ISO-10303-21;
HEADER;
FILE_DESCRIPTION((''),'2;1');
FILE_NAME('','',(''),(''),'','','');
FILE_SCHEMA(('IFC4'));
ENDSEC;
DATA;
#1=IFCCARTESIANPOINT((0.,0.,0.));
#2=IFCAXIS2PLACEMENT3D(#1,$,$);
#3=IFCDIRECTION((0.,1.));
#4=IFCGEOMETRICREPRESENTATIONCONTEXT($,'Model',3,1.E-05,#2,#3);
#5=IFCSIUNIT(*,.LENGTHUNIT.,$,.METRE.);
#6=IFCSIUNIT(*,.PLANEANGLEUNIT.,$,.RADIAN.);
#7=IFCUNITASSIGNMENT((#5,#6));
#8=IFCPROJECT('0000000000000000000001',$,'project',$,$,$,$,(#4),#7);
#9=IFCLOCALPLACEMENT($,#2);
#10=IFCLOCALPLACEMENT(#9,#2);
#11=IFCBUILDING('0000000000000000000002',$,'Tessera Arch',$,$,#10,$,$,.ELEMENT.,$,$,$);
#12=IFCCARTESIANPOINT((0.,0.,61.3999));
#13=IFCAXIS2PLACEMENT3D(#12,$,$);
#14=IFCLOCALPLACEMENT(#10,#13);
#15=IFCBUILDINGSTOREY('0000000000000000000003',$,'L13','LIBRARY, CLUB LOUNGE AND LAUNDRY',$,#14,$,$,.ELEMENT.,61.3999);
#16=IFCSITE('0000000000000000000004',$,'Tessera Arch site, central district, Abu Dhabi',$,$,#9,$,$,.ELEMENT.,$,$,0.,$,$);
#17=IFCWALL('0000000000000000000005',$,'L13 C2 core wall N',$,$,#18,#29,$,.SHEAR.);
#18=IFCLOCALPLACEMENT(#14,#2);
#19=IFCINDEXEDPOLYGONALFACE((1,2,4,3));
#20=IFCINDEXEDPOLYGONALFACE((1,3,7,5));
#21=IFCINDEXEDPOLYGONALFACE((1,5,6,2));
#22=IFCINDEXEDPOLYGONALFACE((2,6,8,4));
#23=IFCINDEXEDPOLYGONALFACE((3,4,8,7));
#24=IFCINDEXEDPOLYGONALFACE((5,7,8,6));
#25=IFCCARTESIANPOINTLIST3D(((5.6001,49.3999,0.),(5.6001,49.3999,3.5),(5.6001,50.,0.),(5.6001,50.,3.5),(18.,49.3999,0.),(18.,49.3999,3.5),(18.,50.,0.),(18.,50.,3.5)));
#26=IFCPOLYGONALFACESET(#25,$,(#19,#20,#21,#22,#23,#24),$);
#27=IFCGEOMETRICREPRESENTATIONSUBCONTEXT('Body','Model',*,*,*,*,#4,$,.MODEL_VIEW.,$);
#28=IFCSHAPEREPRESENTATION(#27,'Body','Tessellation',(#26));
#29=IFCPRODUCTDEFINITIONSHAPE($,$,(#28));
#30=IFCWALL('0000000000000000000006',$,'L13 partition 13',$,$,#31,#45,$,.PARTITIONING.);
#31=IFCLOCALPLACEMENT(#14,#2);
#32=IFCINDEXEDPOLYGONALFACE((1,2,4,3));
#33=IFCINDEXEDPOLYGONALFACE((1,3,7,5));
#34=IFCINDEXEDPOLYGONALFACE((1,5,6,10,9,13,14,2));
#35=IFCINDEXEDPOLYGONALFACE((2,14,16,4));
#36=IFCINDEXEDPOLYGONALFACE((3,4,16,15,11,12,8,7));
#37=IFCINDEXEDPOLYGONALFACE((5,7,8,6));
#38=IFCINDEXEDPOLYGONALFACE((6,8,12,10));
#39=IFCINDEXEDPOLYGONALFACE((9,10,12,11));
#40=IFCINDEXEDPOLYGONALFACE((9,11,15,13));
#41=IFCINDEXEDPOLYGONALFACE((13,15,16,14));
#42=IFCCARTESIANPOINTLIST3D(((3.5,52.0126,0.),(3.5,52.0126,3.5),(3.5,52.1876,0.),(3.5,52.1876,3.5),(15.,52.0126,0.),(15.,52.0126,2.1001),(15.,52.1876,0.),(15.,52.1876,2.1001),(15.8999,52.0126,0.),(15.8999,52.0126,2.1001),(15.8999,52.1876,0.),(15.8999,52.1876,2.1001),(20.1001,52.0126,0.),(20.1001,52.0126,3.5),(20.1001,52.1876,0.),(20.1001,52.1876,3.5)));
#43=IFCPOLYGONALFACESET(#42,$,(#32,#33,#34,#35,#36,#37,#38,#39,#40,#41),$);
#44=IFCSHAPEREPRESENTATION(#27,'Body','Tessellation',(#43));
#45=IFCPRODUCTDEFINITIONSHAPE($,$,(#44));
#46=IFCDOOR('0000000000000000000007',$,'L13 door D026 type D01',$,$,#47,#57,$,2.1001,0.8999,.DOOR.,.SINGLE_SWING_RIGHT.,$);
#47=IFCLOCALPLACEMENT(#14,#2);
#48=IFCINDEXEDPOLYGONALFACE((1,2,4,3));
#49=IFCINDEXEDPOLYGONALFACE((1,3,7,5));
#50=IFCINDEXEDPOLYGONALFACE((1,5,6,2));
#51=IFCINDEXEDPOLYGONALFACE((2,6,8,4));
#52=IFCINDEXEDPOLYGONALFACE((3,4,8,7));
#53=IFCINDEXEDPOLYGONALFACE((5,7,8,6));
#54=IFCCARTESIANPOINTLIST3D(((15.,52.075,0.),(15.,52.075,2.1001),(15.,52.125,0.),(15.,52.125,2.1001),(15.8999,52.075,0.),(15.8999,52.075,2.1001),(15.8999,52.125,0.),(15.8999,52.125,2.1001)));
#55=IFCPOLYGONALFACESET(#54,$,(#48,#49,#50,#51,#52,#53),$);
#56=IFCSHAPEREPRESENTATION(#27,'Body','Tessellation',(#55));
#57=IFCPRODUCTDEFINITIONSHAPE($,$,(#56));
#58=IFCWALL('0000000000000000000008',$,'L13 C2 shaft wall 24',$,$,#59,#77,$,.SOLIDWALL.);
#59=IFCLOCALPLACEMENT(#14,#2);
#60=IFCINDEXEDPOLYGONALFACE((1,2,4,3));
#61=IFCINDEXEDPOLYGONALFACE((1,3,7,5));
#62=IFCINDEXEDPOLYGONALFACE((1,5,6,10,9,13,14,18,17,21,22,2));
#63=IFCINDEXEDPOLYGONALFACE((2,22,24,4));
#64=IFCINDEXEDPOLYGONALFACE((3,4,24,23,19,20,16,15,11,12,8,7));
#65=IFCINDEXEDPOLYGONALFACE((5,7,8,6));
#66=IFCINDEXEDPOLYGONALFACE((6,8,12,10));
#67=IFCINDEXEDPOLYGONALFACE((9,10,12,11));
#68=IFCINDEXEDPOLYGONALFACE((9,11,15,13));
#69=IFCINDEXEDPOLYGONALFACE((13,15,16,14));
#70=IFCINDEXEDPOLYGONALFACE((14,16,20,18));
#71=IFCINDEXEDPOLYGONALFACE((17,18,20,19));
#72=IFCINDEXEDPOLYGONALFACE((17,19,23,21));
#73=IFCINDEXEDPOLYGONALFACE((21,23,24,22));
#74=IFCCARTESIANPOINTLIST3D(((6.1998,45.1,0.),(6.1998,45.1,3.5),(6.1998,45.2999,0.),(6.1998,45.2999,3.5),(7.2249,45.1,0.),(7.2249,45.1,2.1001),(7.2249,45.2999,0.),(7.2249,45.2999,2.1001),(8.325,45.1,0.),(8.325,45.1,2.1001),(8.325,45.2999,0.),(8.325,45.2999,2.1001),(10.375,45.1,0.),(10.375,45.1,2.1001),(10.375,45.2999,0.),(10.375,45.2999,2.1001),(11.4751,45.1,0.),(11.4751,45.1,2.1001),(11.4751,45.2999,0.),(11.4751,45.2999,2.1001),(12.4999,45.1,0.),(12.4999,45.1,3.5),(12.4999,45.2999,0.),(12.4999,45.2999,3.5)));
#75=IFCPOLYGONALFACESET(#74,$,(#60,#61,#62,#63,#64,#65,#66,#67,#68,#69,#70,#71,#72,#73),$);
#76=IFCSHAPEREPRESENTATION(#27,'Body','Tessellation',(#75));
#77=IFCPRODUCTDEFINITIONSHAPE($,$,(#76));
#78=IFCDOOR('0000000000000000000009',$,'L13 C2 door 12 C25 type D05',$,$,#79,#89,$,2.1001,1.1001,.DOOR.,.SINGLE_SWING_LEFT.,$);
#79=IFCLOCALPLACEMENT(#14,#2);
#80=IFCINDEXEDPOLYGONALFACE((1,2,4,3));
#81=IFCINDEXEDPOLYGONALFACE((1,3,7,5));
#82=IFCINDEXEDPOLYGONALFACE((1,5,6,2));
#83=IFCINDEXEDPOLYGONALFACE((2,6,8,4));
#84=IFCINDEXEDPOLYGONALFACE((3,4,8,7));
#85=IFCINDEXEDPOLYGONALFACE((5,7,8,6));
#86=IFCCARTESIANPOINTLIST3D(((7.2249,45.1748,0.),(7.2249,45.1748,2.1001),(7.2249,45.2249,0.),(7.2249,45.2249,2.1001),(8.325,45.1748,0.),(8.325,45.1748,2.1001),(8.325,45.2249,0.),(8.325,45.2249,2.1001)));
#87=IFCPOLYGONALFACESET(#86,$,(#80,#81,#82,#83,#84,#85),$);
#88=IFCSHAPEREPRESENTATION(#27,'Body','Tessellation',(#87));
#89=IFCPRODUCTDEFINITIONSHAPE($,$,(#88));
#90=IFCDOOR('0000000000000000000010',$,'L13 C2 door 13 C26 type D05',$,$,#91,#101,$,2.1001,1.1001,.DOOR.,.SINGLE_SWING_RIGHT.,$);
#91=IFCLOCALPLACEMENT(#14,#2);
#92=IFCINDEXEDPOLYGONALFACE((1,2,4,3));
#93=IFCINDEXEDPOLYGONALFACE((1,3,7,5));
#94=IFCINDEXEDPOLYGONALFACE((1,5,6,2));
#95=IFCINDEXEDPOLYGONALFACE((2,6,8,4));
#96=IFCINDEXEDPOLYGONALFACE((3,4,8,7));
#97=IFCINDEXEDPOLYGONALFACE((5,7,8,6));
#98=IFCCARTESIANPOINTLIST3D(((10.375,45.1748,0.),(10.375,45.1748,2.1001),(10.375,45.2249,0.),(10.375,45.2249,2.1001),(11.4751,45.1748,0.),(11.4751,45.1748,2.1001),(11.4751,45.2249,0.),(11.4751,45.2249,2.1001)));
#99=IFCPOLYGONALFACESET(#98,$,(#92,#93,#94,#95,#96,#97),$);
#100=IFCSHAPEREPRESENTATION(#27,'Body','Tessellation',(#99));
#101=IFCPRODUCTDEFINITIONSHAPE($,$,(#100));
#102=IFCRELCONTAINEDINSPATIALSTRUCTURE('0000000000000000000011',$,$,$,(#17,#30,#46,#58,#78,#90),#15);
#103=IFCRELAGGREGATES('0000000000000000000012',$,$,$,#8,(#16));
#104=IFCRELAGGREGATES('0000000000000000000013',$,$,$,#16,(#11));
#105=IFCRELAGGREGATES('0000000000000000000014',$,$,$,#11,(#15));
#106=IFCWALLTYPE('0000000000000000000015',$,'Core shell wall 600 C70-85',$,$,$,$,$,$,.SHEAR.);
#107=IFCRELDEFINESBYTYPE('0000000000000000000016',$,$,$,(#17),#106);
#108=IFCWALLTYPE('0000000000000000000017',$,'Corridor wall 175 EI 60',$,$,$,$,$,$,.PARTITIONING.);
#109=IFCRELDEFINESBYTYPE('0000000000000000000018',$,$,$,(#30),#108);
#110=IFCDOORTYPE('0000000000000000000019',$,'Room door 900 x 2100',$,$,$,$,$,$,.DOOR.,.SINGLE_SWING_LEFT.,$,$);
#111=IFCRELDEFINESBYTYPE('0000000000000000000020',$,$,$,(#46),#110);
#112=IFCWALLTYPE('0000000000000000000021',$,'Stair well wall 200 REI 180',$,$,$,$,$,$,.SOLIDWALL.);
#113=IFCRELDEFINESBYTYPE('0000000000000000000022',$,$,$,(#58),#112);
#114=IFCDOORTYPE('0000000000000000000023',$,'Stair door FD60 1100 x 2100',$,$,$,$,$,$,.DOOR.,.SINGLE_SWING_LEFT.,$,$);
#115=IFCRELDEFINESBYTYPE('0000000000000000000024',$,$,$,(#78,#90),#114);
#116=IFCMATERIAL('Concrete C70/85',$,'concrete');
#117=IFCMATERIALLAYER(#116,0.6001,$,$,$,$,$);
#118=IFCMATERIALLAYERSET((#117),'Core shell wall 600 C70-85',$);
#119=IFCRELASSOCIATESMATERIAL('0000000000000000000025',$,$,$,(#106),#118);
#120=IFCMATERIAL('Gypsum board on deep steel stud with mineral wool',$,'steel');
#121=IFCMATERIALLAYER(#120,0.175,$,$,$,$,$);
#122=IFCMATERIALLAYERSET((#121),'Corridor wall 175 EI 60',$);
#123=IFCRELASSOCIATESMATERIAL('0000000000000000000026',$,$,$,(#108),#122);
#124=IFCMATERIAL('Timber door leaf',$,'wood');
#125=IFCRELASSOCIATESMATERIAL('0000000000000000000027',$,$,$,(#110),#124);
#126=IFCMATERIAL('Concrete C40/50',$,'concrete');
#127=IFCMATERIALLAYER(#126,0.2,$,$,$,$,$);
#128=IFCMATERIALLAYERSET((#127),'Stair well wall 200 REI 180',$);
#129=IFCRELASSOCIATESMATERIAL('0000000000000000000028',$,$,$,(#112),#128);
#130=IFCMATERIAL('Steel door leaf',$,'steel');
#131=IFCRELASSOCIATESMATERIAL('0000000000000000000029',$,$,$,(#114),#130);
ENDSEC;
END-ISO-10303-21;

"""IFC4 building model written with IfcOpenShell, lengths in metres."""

from ifc_helpers import new_model, si_unit, direction, frame, frame_2d, origin, place, context, subcontext, project, spatial, rectangle, extrude, material, layer, layer_set, type_object, element, fill, save


model = new_model("IFC4")

# Units and contexts
model_context = context("Model", 3, precision=1e-05, world=origin(), true_north=direction((0.0, 1.0)))
body_context = subcontext(model_context, "Body", "Model", "MODEL_VIEW")
ifc_project = project(units=[si_unit("LENGTHUNIT", "METRE"), si_unit("PLANEANGLEUNIT", "RADIAN")], contexts=[model_context])

# Site, building, storey
site_placement = place(None, origin())
site = spatial("IfcSite", under=ifc_project, at=site_placement, Name="Tessera Arch site, central district, Abu Dhabi", CompositionType="ELEMENT", RefElevation=0.0)
building_placement = place(site_placement, origin())
building = spatial("IfcBuilding", under=site, at=building_placement, Name="Tessera Arch", CompositionType="ELEMENT")
storey_placement = place(building_placement, frame((0.0, 0.0, 61.3999)))
storey = spatial("IfcBuildingStorey", under=building, at=storey_placement, Name="L13", Description="LIBRARY, CLUB LOUNGE AND LAUNDRY", CompositionType="ELEMENT", Elevation=61.3999)

# Wall
ifc_material_1 = material(Name="Concrete C70/85", Category="concrete")
ifc_layer_1 = layer(ifc_material_1, 0.6001)
ifc_layer_set_1 = layer_set([ifc_layer_1], Name="Core shell wall 600 C70-85")
wall_type_1 = type_object("IfcWallType", Name="Core shell wall 600 C70-85", PredefinedType="SHEAR", material=ifc_layer_set_1)
wall_1_placement = place(storey_placement, frame((5.6001, 49.7, 0.0), z_axis=(0.0, 0.0, 1.0), x_axis=(1.0, 0.0, 0.0)))
element("IfcWall", 1, at=wall_1_placement, inside=storey, type_object=wall_type_1, Name="L13 C2 core wall N", PredefinedType="SHEAR", context=body_context, shape_type="SweptSolid", body=[
    extrude(rectangle(XDim=12.3999, YDim=0.6001, at=frame_2d((6.2, 0.0))), origin(), (0.0, 0.0, 1.0), 3.5),
])

# Wall, opening, door
ifc_material_2 = material(Name="Gypsum board on deep steel stud with mineral wool", Category="steel")
ifc_layer_2 = layer(ifc_material_2, 0.175)
ifc_layer_set_2 = layer_set([ifc_layer_2], Name="Corridor wall 175 EI 60")
wall_type_2 = type_object("IfcWallType", Name="Corridor wall 175 EI 60", PredefinedType="PARTITIONING", material=ifc_layer_set_2)
wall_2_placement = place(storey_placement, frame((3.5, 52.1001, 0.0), z_axis=(0.0, 0.0, 1.0), x_axis=(1.0, 0.0, 0.0)))
wall_2 = element("IfcWall", 2, at=wall_2_placement, inside=storey, type_object=wall_type_2, Name="L13 partition 13", PredefinedType="PARTITIONING", context=body_context, shape_type="SweptSolid", body=[
    extrude(rectangle(XDim=16.6001, YDim=0.175, at=frame_2d((8.3, 0.0))), origin(), (0.0, 0.0, 1.0), 3.5),
])
opening_1_placement = place(wall_2_placement, frame((11.5, 0.0, 0.0)))
opening_1 = element("IfcOpeningElement", 3, at=opening_1_placement, cuts=wall_2, PredefinedType="OPENING", context=body_context, shape_type="SweptSolid", body=[
    extrude(rectangle(XDim=0.8999, YDim=2.1001, at=frame_2d((0.45, 1.05))), frame((0.0, 0.0974, 0.0), z_axis=(0.0, -1.0, 0.0), x_axis=(1.0, 0.0, 0.0)), (0.0, 0.0, 1.0), 0.1951),
])
ifc_material_3 = material(Name="Timber door leaf", Category="wood")
door_type_1 = type_object("IfcDoorType", Name="Room door 900 x 2100", OperationType="SINGLE_SWING_LEFT", PredefinedType="DOOR", material=ifc_material_3)
door_1_placement = place(opening_1_placement, origin())
door_1 = element("IfcDoor", 4, at=door_1_placement, inside=storey, type_object=door_type_1, Name="L13 door D026 type D01", OperationType="SINGLE_SWING_RIGHT", OverallHeight=2.1001, OverallWidth=0.8999, PredefinedType="DOOR", context=body_context, shape_type="SweptSolid", body=[
    extrude(rectangle(XDim=0.8999, YDim=2.1001, at=frame_2d((0.45, 1.05))), frame((0.0, 0.0249, 0.0), z_axis=(0.0, -1.0, 0.0), x_axis=(1.0, 0.0, 0.0)), (0.0, 0.0, 1.0), 0.05),
])
fill(opening_1, door_1)

# Wall, openings, doors
ifc_material_4 = material(Name="Concrete C40/50", Category="concrete")
ifc_layer_3 = layer(ifc_material_4, 0.2)
ifc_layer_set_3 = layer_set([ifc_layer_3], Name="Stair well wall 200 REI 180")
wall_type_3 = type_object("IfcWallType", Name="Stair well wall 200 REI 180", PredefinedType="SOLIDWALL", material=ifc_layer_set_3)
wall_3_placement = place(storey_placement, frame((6.2, 45.2, 0.0), z_axis=(0.0, 0.0, 1.0), x_axis=(1.0, 0.0, 0.0)))
wall_3 = element("IfcWall", 5, at=wall_3_placement, inside=storey, type_object=wall_type_3, Name="L13 C2 shaft wall 24", PredefinedType="SOLIDWALL", context=body_context, shape_type="SweptSolid", body=[
    extrude(rectangle(XDim=6.3, YDim=0.2, at=frame_2d((3.1499, 0.0))), origin(), (0.0, 0.0, 1.0), 3.5),
])
opening_2_placement = place(wall_3_placement, frame((1.0249, 0.0, 0.0)))
opening_2 = element("IfcOpeningElement", 6, at=opening_2_placement, cuts=wall_3, PredefinedType="OPENING", context=body_context, shape_type="SweptSolid", body=[
    extrude(rectangle(XDim=1.1001, YDim=2.1001, at=frame_2d((0.55, 1.05))), frame((0.0, 0.1099, 0.0), z_axis=(0.0, -1.0, 0.0), x_axis=(1.0, 0.0, 0.0)), (0.0, 0.0, 1.0), 0.22),
])
opening_3_placement = place(wall_3_placement, frame((4.175, 0.0, 0.0)))
opening_3 = element("IfcOpeningElement", 7, at=opening_3_placement, cuts=wall_3, PredefinedType="OPENING", context=body_context, shape_type="SweptSolid", body=[
    extrude(rectangle(XDim=1.1001, YDim=2.1001, at=frame_2d((0.55, 1.05))), frame((0.0, 0.1099, 0.0), z_axis=(0.0, -1.0, 0.0), x_axis=(1.0, 0.0, 0.0)), (0.0, 0.0, 1.0), 0.22),
])
ifc_material_5 = material(Name="Steel door leaf", Category="steel")
door_type_2 = type_object("IfcDoorType", Name="Stair door FD60 1100 x 2100", OperationType="SINGLE_SWING_LEFT", PredefinedType="DOOR", material=ifc_material_5)
door_2_placement = place(opening_2_placement, origin())
door_2 = element("IfcDoor", 8, at=door_2_placement, inside=storey, type_object=door_type_2, Name="L13 C2 door 12 C25 type D05", OperationType="SINGLE_SWING_LEFT", OverallHeight=2.1001, OverallWidth=1.1001, PredefinedType="DOOR", context=body_context, shape_type="SweptSolid", body=[
    extrude(rectangle(XDim=1.1001, YDim=2.1001, at=frame_2d((0.55, 1.05))), frame((0.0, 0.0249, 0.0), z_axis=(0.0, -1.0, 0.0), x_axis=(1.0, 0.0, 0.0)), (0.0, 0.0, 1.0), 0.05),
])
fill(opening_2, door_2)
door_3_placement = place(opening_3_placement, origin())
door_3 = element("IfcDoor", 9, at=door_3_placement, inside=storey, type_object=door_type_2, Name="L13 C2 door 13 C26 type D05", OperationType="SINGLE_SWING_RIGHT", OverallHeight=2.1001, OverallWidth=1.1001, PredefinedType="DOOR", context=body_context, shape_type="SweptSolid", body=[
    extrude(rectangle(XDim=1.1001, YDim=2.1001, at=frame_2d((0.55, 1.05))), frame((0.0, 0.0249, 0.0), z_axis=(0.0, -1.0, 0.0), x_axis=(1.0, 0.0, 0.0)), (0.0, 0.0, 1.0), 0.05),
])
fill(opening_3, door_3)

save(model, "model.ifc")
